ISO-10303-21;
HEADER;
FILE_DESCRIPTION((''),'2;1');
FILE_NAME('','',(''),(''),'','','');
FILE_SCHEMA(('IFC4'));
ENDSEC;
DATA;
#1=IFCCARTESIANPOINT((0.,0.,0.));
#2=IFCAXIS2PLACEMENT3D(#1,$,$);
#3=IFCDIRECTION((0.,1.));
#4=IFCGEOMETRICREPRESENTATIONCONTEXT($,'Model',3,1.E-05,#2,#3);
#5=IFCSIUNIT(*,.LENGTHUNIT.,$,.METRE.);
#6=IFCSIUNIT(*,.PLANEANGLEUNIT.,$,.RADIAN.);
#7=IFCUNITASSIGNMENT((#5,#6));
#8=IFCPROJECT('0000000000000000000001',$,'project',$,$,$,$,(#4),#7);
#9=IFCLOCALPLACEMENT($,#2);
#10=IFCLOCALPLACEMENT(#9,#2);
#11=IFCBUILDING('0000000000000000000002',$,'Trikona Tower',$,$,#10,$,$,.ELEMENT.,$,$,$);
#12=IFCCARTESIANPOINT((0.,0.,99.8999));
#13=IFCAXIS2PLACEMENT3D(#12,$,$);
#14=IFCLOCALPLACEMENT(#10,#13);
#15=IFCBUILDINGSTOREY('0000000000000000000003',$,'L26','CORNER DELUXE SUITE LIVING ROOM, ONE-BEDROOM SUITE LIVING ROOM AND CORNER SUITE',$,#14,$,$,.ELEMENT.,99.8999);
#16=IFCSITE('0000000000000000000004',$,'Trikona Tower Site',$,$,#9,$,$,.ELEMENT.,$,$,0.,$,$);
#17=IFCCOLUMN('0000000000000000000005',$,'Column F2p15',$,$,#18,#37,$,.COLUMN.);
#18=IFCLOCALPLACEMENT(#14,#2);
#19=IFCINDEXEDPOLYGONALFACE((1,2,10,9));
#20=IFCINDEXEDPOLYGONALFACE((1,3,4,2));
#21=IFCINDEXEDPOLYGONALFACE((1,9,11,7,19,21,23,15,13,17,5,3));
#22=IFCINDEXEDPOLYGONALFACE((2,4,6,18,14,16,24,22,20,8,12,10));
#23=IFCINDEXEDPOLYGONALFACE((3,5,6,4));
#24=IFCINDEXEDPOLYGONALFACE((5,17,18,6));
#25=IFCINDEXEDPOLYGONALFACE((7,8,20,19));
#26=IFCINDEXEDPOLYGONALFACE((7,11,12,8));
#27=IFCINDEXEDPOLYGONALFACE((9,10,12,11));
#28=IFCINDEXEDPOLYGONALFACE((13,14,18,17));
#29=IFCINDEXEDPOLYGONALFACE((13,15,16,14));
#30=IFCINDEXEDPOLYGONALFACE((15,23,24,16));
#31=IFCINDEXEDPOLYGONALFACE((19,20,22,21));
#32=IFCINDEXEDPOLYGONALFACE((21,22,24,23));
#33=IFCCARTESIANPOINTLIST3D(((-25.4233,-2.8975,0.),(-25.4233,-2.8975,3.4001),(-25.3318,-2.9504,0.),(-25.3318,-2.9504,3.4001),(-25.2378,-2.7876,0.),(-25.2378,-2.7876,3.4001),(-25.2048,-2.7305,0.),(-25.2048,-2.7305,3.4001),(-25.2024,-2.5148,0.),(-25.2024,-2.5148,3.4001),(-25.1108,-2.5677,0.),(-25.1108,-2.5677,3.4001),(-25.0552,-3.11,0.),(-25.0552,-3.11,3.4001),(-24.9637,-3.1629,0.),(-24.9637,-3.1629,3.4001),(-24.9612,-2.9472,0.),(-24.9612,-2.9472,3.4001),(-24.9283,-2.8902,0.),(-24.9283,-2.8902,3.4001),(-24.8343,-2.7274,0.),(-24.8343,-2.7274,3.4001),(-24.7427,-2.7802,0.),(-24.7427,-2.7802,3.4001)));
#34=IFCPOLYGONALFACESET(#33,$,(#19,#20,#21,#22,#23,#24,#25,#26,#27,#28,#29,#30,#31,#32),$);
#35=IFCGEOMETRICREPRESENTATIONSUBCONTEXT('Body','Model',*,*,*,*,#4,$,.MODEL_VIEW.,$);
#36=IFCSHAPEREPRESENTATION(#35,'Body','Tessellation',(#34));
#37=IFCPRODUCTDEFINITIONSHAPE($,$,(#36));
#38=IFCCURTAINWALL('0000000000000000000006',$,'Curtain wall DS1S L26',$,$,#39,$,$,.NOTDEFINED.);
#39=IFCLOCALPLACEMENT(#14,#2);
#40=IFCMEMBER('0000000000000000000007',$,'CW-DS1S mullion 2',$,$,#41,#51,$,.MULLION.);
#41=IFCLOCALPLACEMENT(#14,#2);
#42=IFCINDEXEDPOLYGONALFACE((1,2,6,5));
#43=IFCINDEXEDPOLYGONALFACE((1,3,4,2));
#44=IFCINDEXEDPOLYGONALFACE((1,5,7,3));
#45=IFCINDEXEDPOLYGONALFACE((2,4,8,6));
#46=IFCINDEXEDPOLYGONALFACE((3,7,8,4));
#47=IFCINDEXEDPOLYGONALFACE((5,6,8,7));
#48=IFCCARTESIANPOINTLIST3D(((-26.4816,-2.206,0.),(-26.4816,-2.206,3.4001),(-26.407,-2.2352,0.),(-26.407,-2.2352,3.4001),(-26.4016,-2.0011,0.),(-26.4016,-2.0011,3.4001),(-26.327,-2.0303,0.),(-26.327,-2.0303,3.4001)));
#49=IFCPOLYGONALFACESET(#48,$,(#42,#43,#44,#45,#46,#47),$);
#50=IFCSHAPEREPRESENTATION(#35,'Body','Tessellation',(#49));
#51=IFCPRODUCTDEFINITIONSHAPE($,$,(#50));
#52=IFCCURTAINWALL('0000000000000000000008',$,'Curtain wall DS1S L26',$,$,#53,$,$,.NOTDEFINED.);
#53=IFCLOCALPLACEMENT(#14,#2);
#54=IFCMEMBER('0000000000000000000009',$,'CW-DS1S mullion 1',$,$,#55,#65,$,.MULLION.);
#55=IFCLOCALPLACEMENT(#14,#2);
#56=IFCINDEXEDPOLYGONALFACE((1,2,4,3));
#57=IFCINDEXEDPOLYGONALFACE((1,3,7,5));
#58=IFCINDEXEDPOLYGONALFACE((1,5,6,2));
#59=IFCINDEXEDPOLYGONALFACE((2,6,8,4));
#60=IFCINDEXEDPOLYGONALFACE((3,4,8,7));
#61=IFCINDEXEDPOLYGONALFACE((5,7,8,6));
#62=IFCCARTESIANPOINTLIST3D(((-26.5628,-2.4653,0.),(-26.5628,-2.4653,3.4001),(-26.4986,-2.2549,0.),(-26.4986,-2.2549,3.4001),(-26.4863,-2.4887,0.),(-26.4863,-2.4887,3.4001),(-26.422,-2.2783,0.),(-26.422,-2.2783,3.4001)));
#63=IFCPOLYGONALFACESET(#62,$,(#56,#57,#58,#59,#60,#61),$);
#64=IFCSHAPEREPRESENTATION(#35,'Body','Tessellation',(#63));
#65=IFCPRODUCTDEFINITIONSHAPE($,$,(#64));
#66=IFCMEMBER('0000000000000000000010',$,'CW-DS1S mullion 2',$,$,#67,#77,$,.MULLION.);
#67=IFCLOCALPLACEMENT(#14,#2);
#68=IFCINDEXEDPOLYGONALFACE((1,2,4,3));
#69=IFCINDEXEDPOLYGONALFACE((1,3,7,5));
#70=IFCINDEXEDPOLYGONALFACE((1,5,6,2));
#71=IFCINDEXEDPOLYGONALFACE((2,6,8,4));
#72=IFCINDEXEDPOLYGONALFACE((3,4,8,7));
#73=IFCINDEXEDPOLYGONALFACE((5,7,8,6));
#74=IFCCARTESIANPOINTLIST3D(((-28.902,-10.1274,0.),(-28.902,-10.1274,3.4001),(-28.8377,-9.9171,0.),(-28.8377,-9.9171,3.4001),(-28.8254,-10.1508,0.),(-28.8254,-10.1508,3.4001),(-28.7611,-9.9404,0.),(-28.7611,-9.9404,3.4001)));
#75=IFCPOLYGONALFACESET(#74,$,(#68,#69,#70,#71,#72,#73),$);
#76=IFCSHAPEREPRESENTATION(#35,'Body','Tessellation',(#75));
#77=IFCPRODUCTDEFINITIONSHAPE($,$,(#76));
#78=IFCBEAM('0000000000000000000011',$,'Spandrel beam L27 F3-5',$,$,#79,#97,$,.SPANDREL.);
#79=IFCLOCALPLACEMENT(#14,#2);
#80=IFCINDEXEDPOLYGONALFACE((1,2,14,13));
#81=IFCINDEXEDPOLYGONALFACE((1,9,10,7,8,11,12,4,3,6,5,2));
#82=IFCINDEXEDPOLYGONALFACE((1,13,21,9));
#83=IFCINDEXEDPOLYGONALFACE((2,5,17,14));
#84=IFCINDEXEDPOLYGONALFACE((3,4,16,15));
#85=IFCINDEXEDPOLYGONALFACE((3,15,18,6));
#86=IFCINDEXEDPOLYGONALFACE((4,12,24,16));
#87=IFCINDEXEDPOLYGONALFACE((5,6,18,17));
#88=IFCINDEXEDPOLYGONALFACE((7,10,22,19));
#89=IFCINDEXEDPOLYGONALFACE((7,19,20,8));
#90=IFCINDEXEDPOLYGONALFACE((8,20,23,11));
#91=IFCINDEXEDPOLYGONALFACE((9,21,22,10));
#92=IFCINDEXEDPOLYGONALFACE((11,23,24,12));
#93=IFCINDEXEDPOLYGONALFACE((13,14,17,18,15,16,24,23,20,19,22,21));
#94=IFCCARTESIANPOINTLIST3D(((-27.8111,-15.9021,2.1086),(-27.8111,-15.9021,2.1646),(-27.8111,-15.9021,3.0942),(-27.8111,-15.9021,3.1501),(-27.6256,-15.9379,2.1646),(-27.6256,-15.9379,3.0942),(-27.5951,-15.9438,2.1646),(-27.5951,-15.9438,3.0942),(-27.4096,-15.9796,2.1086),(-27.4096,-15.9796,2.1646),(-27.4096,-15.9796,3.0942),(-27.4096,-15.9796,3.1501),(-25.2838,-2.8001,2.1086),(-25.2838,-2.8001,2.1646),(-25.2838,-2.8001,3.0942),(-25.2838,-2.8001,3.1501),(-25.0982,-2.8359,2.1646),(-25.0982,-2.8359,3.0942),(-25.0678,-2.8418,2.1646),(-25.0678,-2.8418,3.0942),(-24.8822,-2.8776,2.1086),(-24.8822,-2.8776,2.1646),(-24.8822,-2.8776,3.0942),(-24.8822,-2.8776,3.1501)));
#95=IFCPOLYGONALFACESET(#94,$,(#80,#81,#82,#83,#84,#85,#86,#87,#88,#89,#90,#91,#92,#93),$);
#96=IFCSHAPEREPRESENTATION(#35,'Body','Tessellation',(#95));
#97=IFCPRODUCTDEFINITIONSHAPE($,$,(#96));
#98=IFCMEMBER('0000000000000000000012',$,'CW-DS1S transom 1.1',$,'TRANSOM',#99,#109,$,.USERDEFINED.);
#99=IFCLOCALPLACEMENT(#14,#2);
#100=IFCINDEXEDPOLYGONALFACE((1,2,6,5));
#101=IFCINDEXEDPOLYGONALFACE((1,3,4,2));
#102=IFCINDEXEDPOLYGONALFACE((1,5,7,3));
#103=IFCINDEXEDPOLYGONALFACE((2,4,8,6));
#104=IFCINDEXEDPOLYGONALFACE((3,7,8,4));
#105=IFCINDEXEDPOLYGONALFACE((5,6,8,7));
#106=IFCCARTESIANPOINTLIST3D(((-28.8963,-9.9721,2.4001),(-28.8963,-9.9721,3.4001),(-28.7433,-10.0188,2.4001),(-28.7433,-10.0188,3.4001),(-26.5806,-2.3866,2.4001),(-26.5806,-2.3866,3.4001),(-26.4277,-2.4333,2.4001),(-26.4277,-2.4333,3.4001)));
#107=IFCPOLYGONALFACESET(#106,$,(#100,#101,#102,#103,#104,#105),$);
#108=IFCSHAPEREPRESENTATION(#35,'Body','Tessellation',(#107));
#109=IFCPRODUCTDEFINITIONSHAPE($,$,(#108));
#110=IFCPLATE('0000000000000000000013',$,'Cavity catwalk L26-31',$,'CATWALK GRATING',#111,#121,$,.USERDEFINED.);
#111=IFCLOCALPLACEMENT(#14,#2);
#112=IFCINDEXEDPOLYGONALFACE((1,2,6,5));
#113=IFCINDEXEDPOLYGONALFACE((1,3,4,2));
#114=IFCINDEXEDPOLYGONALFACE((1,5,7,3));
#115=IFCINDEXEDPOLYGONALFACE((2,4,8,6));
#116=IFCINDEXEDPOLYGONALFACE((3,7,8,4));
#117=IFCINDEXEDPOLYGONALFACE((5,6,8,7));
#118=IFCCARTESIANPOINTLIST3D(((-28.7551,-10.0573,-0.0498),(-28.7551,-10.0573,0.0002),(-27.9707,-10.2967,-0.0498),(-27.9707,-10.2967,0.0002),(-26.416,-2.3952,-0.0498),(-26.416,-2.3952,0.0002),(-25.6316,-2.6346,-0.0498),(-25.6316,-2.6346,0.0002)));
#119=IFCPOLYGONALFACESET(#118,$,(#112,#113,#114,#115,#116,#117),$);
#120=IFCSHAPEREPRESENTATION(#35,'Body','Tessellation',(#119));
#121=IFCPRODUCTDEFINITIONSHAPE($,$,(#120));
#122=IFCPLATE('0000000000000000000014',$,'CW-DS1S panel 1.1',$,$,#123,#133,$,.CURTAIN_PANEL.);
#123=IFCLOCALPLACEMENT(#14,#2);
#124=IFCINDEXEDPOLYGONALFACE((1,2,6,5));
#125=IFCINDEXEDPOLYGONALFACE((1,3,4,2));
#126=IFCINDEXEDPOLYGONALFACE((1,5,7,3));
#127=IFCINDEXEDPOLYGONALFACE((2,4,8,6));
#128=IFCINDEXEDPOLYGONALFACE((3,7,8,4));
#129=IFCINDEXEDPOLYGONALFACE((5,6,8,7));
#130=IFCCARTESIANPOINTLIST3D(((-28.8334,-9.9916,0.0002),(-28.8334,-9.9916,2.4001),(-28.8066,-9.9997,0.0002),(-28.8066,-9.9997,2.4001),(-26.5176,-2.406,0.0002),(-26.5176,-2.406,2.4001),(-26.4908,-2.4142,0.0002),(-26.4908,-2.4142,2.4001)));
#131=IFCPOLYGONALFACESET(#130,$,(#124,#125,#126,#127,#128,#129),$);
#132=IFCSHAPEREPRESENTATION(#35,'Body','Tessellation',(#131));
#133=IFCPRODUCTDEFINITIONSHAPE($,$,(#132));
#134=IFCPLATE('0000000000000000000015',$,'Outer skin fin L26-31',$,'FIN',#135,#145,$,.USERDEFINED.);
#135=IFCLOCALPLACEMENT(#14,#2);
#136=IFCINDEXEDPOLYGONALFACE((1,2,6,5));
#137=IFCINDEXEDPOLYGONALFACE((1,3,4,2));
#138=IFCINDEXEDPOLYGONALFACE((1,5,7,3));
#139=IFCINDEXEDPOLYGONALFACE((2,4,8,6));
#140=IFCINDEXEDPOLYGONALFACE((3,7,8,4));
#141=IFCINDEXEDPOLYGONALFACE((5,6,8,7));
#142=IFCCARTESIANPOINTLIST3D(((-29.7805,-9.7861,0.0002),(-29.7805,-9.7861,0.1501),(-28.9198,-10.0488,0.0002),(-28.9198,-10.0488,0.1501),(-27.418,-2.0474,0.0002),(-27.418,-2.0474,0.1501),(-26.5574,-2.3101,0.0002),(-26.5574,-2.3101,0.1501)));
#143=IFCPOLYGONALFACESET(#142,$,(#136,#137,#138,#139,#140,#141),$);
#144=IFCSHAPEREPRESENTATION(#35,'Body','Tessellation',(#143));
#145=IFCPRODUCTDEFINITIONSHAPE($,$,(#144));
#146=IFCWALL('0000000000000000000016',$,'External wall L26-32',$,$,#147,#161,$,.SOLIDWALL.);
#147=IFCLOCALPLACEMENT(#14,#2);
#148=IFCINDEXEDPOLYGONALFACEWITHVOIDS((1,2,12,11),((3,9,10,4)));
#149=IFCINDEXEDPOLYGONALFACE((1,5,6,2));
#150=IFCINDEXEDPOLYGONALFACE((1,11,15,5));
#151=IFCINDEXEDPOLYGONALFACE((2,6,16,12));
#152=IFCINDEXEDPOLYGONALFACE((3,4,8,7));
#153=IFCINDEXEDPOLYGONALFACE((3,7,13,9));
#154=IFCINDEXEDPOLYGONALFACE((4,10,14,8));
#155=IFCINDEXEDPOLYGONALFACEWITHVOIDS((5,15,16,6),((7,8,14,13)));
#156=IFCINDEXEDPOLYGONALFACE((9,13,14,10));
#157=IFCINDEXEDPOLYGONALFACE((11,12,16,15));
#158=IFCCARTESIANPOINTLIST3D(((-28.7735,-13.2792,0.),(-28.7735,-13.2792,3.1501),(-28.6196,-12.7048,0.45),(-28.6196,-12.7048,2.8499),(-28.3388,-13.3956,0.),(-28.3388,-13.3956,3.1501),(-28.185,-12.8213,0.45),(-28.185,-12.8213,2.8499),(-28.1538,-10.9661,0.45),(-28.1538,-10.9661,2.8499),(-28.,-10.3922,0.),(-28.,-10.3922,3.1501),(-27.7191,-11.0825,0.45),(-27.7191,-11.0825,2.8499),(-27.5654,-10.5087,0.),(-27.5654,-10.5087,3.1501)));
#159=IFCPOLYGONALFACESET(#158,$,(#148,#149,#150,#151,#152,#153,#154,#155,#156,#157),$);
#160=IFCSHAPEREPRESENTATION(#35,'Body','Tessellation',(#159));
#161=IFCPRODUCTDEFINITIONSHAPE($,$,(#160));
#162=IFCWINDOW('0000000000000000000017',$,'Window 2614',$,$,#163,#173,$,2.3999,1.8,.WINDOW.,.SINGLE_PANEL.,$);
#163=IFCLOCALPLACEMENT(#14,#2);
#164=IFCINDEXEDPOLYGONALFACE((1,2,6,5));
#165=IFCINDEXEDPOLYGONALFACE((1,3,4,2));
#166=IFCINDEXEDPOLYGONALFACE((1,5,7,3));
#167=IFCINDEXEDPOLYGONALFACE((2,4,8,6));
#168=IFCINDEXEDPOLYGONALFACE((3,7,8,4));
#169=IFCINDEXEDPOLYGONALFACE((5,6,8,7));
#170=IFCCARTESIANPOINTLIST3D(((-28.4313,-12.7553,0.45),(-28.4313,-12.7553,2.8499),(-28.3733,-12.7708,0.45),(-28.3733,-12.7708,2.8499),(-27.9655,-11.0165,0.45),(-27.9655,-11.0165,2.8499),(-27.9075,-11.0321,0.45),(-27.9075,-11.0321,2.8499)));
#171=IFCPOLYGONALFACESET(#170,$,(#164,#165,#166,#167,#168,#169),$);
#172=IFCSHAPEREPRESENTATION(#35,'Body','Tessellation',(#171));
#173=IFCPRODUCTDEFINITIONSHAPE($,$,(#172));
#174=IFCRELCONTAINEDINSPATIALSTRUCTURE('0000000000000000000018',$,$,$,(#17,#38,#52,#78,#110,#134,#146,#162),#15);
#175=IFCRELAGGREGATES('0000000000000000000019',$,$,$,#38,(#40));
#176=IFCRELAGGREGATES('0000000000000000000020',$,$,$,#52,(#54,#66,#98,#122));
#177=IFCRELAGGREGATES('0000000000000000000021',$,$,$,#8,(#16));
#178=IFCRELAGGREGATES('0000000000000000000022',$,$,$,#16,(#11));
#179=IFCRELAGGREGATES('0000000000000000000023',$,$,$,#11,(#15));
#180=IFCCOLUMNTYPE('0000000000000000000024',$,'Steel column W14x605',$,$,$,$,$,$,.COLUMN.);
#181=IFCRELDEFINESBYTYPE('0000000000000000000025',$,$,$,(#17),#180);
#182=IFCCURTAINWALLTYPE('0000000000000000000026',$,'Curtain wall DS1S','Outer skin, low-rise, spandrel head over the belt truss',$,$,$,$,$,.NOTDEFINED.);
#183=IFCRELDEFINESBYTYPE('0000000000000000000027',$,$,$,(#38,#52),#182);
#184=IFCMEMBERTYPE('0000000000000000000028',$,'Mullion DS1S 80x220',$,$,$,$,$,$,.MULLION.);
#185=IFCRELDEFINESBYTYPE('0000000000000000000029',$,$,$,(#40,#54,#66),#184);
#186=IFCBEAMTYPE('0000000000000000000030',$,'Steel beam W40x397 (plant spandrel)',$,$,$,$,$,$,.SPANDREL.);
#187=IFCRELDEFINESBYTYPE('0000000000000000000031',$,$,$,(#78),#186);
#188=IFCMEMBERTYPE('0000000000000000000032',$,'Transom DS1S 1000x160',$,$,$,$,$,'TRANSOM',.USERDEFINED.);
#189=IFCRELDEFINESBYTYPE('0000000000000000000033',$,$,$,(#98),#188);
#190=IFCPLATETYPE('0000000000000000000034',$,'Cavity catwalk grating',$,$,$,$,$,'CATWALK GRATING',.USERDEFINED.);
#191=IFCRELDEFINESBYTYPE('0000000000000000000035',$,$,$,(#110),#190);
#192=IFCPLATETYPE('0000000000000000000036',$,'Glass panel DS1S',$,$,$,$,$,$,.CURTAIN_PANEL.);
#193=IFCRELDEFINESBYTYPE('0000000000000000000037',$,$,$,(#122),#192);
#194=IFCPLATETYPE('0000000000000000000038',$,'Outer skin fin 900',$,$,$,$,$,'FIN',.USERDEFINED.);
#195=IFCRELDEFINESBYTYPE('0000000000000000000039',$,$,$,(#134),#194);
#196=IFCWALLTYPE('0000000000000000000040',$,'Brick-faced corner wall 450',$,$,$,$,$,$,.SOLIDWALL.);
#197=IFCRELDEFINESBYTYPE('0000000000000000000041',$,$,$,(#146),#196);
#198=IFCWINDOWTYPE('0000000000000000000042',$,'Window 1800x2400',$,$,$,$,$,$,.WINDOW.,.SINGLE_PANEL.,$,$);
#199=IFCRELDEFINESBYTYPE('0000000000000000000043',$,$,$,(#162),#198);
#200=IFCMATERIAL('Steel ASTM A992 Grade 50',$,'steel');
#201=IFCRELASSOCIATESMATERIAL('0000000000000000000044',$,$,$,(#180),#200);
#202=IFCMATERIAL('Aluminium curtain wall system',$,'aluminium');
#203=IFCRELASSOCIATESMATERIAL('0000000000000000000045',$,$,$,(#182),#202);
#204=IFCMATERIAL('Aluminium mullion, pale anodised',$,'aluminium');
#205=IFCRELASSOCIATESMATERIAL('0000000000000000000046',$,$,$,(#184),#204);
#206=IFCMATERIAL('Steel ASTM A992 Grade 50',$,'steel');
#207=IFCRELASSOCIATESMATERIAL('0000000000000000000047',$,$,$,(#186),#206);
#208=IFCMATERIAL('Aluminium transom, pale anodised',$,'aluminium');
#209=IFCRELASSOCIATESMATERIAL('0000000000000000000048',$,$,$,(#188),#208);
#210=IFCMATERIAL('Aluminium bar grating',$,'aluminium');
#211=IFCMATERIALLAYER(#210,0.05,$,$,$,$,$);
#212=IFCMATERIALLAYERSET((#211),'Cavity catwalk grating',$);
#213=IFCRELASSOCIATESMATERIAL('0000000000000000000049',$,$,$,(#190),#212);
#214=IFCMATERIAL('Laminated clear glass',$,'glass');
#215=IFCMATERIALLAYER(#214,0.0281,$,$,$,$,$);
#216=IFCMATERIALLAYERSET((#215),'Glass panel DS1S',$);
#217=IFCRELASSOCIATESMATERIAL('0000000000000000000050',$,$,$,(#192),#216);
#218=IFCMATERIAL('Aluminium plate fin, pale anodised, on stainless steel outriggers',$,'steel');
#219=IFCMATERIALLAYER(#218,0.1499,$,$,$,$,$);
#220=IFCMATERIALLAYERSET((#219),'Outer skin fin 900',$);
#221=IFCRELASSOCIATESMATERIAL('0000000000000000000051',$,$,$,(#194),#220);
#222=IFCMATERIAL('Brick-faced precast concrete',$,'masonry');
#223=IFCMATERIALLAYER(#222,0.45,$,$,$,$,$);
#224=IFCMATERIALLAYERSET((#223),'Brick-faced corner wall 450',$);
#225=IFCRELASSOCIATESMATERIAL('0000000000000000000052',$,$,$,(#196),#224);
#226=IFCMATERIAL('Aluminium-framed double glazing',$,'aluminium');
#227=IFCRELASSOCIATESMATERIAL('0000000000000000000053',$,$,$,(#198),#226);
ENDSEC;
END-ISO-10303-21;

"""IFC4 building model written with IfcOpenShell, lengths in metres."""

from ifc_helpers import new_model, si_unit, direction, frame, frame_2d, origin, origin_2d, place, context, subcontext, project, spatial, rectangle, i_section, extrude, material, layer, layer_set, material_profile, profile_set, type_object, element, fill, aggregate, save


model = new_model("IFC4")

# Units and contexts
model_context = context("Model", 3, precision=1e-05, world=origin(), true_north=direction((0.0, 1.0)))
body_context = subcontext(model_context, "Body", "Model", "MODEL_VIEW")
ifc_project = project(units=[si_unit("LENGTHUNIT", "METRE"), si_unit("PLANEANGLEUNIT", "RADIAN")], contexts=[model_context])

# Site, building, storey
site_placement = place(None, origin())
site = spatial("IfcSite", under=ifc_project, at=site_placement, Name="Trikona Tower Site", CompositionType="ELEMENT", RefElevation=0.0)
building_placement = place(site_placement, origin())
building = spatial("IfcBuilding", under=site, at=building_placement, Name="Trikona Tower", CompositionType="ELEMENT")
storey_placement = place(building_placement, frame((0.0, 0.0, 99.8999)))
storey = spatial("IfcBuildingStorey", under=building, at=storey_placement, Name="L26", Description="CORNER DELUXE SUITE LIVING ROOM, ONE-BEDROOM SUITE LIVING ROOM AND CORNER SUITE", CompositionType="ELEMENT", Elevation=99.8999)

# Column
ifc_material_1 = material(Name="Steel ASTM A992 Grade 50", Category="steel")
ifc_material_profile_1 = material_profile(ifc_material_1, i_section(OverallWidth=0.4419, OverallDepth=0.5308, WebThickness=0.0659, FlangeThickness=0.1057, at=origin_2d()), Name="W14X605")
ifc_profile_set_1 = profile_set([ifc_material_profile_1], Name="Steel ASTM A992 Grade 50")
column_type = type_object("IfcColumnType", Name="Steel column W14x605", PredefinedType="COLUMN", material=ifc_profile_set_1)
column_placement = place(storey_placement, frame((-25.083, -2.8389, 0.0), z_axis=(0.0, 0.0, 1.0), x_axis=(-0.5, -0.866025, 0.0)))
element("IfcColumn", 1, at=column_placement, inside=storey, type_object=column_type, Name="Column F2p15", PredefinedType="COLUMN", context=body_context, shape_type="SweptSolid", body=[
    extrude(i_section(OverallWidth=0.4419, OverallDepth=0.5308, WebThickness=0.0659, FlangeThickness=0.1057, at=origin_2d()), origin(), (0.0, 0.0, 1.0), 3.4001),
])

# Curtain wall, member
ifc_material_2 = material(Name="Aluminium curtain wall system", Category="aluminium")
curtain_wall_type = type_object("IfcCurtainWallType", Name="Curtain wall DS1S", Description="Outer skin, low-rise, spandrel head over the belt truss", PredefinedType="NOTDEFINED", material=ifc_material_2)
curtain_wall_1_placement = place(storey_placement, origin())
curtain_wall_1 = element("IfcCurtainWall", 2, at=curtain_wall_1_placement, inside=storey, type_object=curtain_wall_type, Name="Curtain wall DS1S L26", PredefinedType="NOTDEFINED")
ifc_material_3 = material(Name="Aluminium mullion, pale anodised", Category="aluminium")
ifc_material_profile_2 = material_profile(ifc_material_3, rectangle(XDim=0.0801, YDim=0.22, at=origin_2d()), Name="MUL-DS1S")
ifc_profile_set_2 = profile_set([ifc_material_profile_2], Name="Aluminium mullion, pale anodised")
member_type_1 = type_object("IfcMemberType", Name="Mullion DS1S 80x220", PredefinedType="MULLION", material=ifc_profile_set_2)
member_1_placement = place(storey_placement, frame((-26.4043, -2.1182, 0.0), z_axis=(0.0, 0.0, 1.0), x_axis=(0.931396, -0.364008, 0.0)))
member_1 = element("IfcMember", 3, at=member_1_placement, type_object=member_type_1, Name="CW-DS1S mullion 2", PredefinedType="MULLION", context=body_context, shape_type="SweptSolid", body=[
    extrude(rectangle(XDim=0.0801, YDim=0.22, at=origin_2d()), origin(), (0.0, 0.0, 1.0), 3.4001),
])
aggregate(curtain_wall_1, [member_1])

# Curtain wall, members
curtain_wall_2_placement = place(storey_placement, origin())
curtain_wall_2 = element("IfcCurtainWall", 4, at=curtain_wall_2_placement, inside=storey, type_object=curtain_wall_type, Name="Curtain wall DS1S L26", PredefinedType="NOTDEFINED")
member_2_placement = place(storey_placement, frame((-26.4924, -2.3718, 0.0), z_axis=(0.0, 0.0, 1.0), x_axis=(0.956423, -0.291984, 0.0)))
member_2 = element("IfcMember", 5, at=member_2_placement, type_object=member_type_1, Name="CW-DS1S mullion 1", PredefinedType="MULLION", context=body_context, shape_type="SweptSolid", body=[
    extrude(rectangle(XDim=0.0801, YDim=0.22, at=origin_2d()), origin(), (0.0, 0.0, 1.0), 3.4001),
])
member_3_placement = place(storey_placement, frame((-28.8315, -10.0339, 0.0), z_axis=(0.0, 0.0, 1.0), x_axis=(0.956423, -0.291984, 0.0)))
member_3 = element("IfcMember", 6, at=member_3_placement, type_object=member_type_1, Name="CW-DS1S mullion 2", PredefinedType="MULLION", context=body_context, shape_type="SweptSolid", body=[
    extrude(rectangle(XDim=0.0801, YDim=0.22, at=origin_2d()), origin(), (0.0, 0.0, 1.0), 3.4001),
])

# Beam
ifc_material_4 = material(Name="Steel ASTM A992 Grade 50", Category="steel")
ifc_material_profile_3 = material_profile(ifc_material_4, i_section(OverallWidth=0.4089, OverallDepth=1.0415, WebThickness=0.031, FlangeThickness=0.0559, at=origin_2d()), Name="W40X397")
ifc_profile_set_3 = profile_set([ifc_material_profile_3], Name="Steel ASTM A992 Grade 50")
beam_type = type_object("IfcBeamType", Name="Steel beam W40x397 (plant spandrel)", PredefinedType="SPANDREL", material=ifc_profile_set_3)
beam_placement = place(storey_placement, frame((-25.083, -2.8389, 2.6294), z_axis=(-0.189405, -0.981899, 0.0), x_axis=(0.981899, -0.189405, 0.0)))
element("IfcBeam", 7, at=beam_placement, inside=storey, type_object=beam_type, Name="Spandrel beam L27 F3-5", PredefinedType="SPANDREL", context=body_context, shape_type="SweptSolid", body=[
    extrude(i_section(OverallWidth=0.4089, OverallDepth=1.0415, WebThickness=0.031, FlangeThickness=0.0559, at=origin_2d()), origin(), (0.0, 0.0, 1.0), 13.3435),
])

# Member
ifc_material_5 = material(Name="Aluminium transom, pale anodised", Category="aluminium")
ifc_material_profile_4 = material_profile(ifc_material_5, rectangle(XDim=0.1599, YDim=1.0, at=origin_2d()), Name="TRN-DS1S")
ifc_profile_set_4 = profile_set([ifc_material_profile_4], Name="Aluminium transom, pale anodised")
member_type_2 = type_object("IfcMemberType", Name="Transom DS1S 1000x160", ElementType="TRANSOM", PredefinedType="USERDEFINED", material=ifc_profile_set_4)
member_4_placement = place(storey_placement, frame((-26.5042, -2.4099, 2.9001), z_axis=(-0.291967, -0.956428, 0.0), x_axis=(0.956428, -0.291967, 0.0)))
member_4 = element("IfcMember", 8, at=member_4_placement, type_object=member_type_2, Name="CW-DS1S transom 1.1", ObjectType="TRANSOM", PredefinedType="USERDEFINED", context=body_context, shape_type="SweptSolid", body=[
    extrude(rectangle(XDim=0.1599, YDim=1.0, at=origin_2d()), origin(), (0.0, 0.0, 1.0), 7.9312),
])

# Plates
ifc_material_6 = material(Name="Aluminium bar grating", Category="aluminium")
ifc_layer_1 = layer(ifc_material_6, 0.05)
ifc_layer_set_1 = layer_set([ifc_layer_1], Name="Cavity catwalk grating")
plate_type_1 = type_object("IfcPlateType", Name="Cavity catwalk grating", ElementType="CATWALK GRATING", PredefinedType="USERDEFINED", material=ifc_layer_set_1)
plate_1_placement = place(storey_placement, frame((-27.1934, -6.3459, -0.0498), z_axis=(0.0, 0.0, 1.0), x_axis=(-0.291979, -0.956425, 0.0)))
element("IfcPlate", 9, at=plate_1_placement, inside=storey, type_object=plate_type_1, Name="Cavity catwalk L26-31", ObjectType="CATWALK GRATING", PredefinedType="USERDEFINED", context=body_context, shape_type="SweptSolid", body=[
    extrude(rectangle(XDim=8.0112, YDim=0.8201, at=origin_2d()), origin(), (0.0, 0.0, 1.0), 0.05),
])
ifc_material_7 = material(Name="Laminated clear glass", Category="glass")
ifc_layer_2 = layer(ifc_material_7, 0.0281)
ifc_layer_set_2 = layer_set([ifc_layer_2], Name="Glass panel DS1S")
plate_type_2 = type_object("IfcPlateType", Name="Glass panel DS1S", PredefinedType="CURTAIN_PANEL", material=ifc_layer_set_2)
plate_2_placement = place(storey_placement, frame((-27.6621, -6.2029, 0.0002), z_axis=(0.0, 0.0, 1.0), x_axis=(-0.291984, -0.956423, 0.0)))
plate_2 = element("IfcPlate", 10, at=plate_2_placement, type_object=plate_type_2, Name="CW-DS1S panel 1.1", PredefinedType="CURTAIN_PANEL", context=body_context, shape_type="SweptSolid", body=[
    extrude(rectangle(XDim=7.9312, YDim=0.0281, at=origin_2d()), origin(), (0.0, 0.0, 1.0), 2.3999),
])
aggregate(curtain_wall_2, [member_2, member_3, member_4, plate_2])
ifc_material_8 = material(Name="Aluminium plate fin, pale anodised, on stainless steel outriggers", Category="steel")
ifc_layer_3 = layer(ifc_material_8, 0.1499)
ifc_layer_set_3 = layer_set([ifc_layer_3], Name="Outer skin fin 900")
plate_type_3 = type_object("IfcPlateType", Name="Outer skin fin 900", ElementType="FIN", PredefinedType="USERDEFINED", material=ifc_layer_set_3)
plate_3_placement = place(storey_placement, frame((-28.1689, -6.0481, 0.0002), z_axis=(0.0, 0.0, 1.0), x_axis=(-0.291979, -0.956425, 0.0)))
element("IfcPlate", 11, at=plate_3_placement, inside=storey, type_object=plate_type_3, Name="Outer skin fin L26-31", ObjectType="FIN", PredefinedType="USERDEFINED", context=body_context, shape_type="SweptSolid", body=[
    extrude(rectangle(XDim=8.0913, YDim=0.8999, at=origin_2d()), origin(), (0.0, 0.0, 1.0), 0.1499),
])

# Wall, opening, window
ifc_material_9 = material(Name="Brick-faced precast concrete", Category="masonry")
ifc_layer_4 = layer(ifc_material_9, 0.45)
ifc_layer_set_4 = layer_set([ifc_layer_4], Name="Brick-faced corner wall 450")
wall_type_1 = type_object("IfcWallType", Name="Brick-faced corner wall 450", PredefinedType="SOLIDWALL", material=ifc_layer_set_4)
wall_1_placement = place(storey_placement, frame((-27.7827, -10.4504, 0.0), z_axis=(0.0, 0.0, 1.0), x_axis=(-0.258781, -0.965936, 0.0)))
wall_1 = element("IfcWall", 12, at=wall_1_placement, inside=storey, type_object=wall_type_1, Name="External wall L26-32", PredefinedType="SOLIDWALL", context=body_context, shape_type="SweptSolid", body=[
    extrude(rectangle(XDim=2.9888, YDim=0.45, at=frame_2d((1.4944, 0.0))), origin(), (0.0, 0.0, 1.0), 3.1501),
])
opening_1_placement = place(wall_1_placement, frame((0.5942, 0.0, 0.45)))
opening_1 = element("IfcOpeningElement", 13, at=opening_1_placement, cuts=wall_1, PredefinedType="OPENING", context=body_context, shape_type="SweptSolid", body=[
    extrude(rectangle(XDim=1.8, YDim=2.3999, at=frame_2d((0.8999, 1.2))), frame((0.0, 0.2349, 0.0), z_axis=(0.0, -1.0, 0.0), x_axis=(1.0, 0.0, 0.0)), (0.0, 0.0, 1.0), 0.47),
])
ifc_material_10 = material(Name="Aluminium-framed double glazing", Category="aluminium")
window_type_1 = type_object("IfcWindowType", Name="Window 1800x2400", PartitioningType="SINGLE_PANEL", PredefinedType="WINDOW", material=ifc_material_10)
window_1_placement = place(opening_1_placement, origin())
window_1 = element("IfcWindow", 14, at=window_1_placement, inside=storey, type_object=window_type_1, Name="Window 2614", OverallHeight=2.3999, OverallWidth=1.8, PartitioningType="SINGLE_PANEL", PredefinedType="WINDOW", context=body_context, shape_type="SweptSolid", body=[
    extrude(rectangle(XDim=1.8, YDim=2.3999, at=frame_2d((0.8999, 1.2))), frame((0.0, 0.03, 0.0), z_axis=(0.0, -1.0, 0.0), x_axis=(1.0, 0.0, 0.0)), (0.0, 0.0, 1.0), 0.0601),
])
fill(opening_1, window_1)

save(model, "model.ifc")
